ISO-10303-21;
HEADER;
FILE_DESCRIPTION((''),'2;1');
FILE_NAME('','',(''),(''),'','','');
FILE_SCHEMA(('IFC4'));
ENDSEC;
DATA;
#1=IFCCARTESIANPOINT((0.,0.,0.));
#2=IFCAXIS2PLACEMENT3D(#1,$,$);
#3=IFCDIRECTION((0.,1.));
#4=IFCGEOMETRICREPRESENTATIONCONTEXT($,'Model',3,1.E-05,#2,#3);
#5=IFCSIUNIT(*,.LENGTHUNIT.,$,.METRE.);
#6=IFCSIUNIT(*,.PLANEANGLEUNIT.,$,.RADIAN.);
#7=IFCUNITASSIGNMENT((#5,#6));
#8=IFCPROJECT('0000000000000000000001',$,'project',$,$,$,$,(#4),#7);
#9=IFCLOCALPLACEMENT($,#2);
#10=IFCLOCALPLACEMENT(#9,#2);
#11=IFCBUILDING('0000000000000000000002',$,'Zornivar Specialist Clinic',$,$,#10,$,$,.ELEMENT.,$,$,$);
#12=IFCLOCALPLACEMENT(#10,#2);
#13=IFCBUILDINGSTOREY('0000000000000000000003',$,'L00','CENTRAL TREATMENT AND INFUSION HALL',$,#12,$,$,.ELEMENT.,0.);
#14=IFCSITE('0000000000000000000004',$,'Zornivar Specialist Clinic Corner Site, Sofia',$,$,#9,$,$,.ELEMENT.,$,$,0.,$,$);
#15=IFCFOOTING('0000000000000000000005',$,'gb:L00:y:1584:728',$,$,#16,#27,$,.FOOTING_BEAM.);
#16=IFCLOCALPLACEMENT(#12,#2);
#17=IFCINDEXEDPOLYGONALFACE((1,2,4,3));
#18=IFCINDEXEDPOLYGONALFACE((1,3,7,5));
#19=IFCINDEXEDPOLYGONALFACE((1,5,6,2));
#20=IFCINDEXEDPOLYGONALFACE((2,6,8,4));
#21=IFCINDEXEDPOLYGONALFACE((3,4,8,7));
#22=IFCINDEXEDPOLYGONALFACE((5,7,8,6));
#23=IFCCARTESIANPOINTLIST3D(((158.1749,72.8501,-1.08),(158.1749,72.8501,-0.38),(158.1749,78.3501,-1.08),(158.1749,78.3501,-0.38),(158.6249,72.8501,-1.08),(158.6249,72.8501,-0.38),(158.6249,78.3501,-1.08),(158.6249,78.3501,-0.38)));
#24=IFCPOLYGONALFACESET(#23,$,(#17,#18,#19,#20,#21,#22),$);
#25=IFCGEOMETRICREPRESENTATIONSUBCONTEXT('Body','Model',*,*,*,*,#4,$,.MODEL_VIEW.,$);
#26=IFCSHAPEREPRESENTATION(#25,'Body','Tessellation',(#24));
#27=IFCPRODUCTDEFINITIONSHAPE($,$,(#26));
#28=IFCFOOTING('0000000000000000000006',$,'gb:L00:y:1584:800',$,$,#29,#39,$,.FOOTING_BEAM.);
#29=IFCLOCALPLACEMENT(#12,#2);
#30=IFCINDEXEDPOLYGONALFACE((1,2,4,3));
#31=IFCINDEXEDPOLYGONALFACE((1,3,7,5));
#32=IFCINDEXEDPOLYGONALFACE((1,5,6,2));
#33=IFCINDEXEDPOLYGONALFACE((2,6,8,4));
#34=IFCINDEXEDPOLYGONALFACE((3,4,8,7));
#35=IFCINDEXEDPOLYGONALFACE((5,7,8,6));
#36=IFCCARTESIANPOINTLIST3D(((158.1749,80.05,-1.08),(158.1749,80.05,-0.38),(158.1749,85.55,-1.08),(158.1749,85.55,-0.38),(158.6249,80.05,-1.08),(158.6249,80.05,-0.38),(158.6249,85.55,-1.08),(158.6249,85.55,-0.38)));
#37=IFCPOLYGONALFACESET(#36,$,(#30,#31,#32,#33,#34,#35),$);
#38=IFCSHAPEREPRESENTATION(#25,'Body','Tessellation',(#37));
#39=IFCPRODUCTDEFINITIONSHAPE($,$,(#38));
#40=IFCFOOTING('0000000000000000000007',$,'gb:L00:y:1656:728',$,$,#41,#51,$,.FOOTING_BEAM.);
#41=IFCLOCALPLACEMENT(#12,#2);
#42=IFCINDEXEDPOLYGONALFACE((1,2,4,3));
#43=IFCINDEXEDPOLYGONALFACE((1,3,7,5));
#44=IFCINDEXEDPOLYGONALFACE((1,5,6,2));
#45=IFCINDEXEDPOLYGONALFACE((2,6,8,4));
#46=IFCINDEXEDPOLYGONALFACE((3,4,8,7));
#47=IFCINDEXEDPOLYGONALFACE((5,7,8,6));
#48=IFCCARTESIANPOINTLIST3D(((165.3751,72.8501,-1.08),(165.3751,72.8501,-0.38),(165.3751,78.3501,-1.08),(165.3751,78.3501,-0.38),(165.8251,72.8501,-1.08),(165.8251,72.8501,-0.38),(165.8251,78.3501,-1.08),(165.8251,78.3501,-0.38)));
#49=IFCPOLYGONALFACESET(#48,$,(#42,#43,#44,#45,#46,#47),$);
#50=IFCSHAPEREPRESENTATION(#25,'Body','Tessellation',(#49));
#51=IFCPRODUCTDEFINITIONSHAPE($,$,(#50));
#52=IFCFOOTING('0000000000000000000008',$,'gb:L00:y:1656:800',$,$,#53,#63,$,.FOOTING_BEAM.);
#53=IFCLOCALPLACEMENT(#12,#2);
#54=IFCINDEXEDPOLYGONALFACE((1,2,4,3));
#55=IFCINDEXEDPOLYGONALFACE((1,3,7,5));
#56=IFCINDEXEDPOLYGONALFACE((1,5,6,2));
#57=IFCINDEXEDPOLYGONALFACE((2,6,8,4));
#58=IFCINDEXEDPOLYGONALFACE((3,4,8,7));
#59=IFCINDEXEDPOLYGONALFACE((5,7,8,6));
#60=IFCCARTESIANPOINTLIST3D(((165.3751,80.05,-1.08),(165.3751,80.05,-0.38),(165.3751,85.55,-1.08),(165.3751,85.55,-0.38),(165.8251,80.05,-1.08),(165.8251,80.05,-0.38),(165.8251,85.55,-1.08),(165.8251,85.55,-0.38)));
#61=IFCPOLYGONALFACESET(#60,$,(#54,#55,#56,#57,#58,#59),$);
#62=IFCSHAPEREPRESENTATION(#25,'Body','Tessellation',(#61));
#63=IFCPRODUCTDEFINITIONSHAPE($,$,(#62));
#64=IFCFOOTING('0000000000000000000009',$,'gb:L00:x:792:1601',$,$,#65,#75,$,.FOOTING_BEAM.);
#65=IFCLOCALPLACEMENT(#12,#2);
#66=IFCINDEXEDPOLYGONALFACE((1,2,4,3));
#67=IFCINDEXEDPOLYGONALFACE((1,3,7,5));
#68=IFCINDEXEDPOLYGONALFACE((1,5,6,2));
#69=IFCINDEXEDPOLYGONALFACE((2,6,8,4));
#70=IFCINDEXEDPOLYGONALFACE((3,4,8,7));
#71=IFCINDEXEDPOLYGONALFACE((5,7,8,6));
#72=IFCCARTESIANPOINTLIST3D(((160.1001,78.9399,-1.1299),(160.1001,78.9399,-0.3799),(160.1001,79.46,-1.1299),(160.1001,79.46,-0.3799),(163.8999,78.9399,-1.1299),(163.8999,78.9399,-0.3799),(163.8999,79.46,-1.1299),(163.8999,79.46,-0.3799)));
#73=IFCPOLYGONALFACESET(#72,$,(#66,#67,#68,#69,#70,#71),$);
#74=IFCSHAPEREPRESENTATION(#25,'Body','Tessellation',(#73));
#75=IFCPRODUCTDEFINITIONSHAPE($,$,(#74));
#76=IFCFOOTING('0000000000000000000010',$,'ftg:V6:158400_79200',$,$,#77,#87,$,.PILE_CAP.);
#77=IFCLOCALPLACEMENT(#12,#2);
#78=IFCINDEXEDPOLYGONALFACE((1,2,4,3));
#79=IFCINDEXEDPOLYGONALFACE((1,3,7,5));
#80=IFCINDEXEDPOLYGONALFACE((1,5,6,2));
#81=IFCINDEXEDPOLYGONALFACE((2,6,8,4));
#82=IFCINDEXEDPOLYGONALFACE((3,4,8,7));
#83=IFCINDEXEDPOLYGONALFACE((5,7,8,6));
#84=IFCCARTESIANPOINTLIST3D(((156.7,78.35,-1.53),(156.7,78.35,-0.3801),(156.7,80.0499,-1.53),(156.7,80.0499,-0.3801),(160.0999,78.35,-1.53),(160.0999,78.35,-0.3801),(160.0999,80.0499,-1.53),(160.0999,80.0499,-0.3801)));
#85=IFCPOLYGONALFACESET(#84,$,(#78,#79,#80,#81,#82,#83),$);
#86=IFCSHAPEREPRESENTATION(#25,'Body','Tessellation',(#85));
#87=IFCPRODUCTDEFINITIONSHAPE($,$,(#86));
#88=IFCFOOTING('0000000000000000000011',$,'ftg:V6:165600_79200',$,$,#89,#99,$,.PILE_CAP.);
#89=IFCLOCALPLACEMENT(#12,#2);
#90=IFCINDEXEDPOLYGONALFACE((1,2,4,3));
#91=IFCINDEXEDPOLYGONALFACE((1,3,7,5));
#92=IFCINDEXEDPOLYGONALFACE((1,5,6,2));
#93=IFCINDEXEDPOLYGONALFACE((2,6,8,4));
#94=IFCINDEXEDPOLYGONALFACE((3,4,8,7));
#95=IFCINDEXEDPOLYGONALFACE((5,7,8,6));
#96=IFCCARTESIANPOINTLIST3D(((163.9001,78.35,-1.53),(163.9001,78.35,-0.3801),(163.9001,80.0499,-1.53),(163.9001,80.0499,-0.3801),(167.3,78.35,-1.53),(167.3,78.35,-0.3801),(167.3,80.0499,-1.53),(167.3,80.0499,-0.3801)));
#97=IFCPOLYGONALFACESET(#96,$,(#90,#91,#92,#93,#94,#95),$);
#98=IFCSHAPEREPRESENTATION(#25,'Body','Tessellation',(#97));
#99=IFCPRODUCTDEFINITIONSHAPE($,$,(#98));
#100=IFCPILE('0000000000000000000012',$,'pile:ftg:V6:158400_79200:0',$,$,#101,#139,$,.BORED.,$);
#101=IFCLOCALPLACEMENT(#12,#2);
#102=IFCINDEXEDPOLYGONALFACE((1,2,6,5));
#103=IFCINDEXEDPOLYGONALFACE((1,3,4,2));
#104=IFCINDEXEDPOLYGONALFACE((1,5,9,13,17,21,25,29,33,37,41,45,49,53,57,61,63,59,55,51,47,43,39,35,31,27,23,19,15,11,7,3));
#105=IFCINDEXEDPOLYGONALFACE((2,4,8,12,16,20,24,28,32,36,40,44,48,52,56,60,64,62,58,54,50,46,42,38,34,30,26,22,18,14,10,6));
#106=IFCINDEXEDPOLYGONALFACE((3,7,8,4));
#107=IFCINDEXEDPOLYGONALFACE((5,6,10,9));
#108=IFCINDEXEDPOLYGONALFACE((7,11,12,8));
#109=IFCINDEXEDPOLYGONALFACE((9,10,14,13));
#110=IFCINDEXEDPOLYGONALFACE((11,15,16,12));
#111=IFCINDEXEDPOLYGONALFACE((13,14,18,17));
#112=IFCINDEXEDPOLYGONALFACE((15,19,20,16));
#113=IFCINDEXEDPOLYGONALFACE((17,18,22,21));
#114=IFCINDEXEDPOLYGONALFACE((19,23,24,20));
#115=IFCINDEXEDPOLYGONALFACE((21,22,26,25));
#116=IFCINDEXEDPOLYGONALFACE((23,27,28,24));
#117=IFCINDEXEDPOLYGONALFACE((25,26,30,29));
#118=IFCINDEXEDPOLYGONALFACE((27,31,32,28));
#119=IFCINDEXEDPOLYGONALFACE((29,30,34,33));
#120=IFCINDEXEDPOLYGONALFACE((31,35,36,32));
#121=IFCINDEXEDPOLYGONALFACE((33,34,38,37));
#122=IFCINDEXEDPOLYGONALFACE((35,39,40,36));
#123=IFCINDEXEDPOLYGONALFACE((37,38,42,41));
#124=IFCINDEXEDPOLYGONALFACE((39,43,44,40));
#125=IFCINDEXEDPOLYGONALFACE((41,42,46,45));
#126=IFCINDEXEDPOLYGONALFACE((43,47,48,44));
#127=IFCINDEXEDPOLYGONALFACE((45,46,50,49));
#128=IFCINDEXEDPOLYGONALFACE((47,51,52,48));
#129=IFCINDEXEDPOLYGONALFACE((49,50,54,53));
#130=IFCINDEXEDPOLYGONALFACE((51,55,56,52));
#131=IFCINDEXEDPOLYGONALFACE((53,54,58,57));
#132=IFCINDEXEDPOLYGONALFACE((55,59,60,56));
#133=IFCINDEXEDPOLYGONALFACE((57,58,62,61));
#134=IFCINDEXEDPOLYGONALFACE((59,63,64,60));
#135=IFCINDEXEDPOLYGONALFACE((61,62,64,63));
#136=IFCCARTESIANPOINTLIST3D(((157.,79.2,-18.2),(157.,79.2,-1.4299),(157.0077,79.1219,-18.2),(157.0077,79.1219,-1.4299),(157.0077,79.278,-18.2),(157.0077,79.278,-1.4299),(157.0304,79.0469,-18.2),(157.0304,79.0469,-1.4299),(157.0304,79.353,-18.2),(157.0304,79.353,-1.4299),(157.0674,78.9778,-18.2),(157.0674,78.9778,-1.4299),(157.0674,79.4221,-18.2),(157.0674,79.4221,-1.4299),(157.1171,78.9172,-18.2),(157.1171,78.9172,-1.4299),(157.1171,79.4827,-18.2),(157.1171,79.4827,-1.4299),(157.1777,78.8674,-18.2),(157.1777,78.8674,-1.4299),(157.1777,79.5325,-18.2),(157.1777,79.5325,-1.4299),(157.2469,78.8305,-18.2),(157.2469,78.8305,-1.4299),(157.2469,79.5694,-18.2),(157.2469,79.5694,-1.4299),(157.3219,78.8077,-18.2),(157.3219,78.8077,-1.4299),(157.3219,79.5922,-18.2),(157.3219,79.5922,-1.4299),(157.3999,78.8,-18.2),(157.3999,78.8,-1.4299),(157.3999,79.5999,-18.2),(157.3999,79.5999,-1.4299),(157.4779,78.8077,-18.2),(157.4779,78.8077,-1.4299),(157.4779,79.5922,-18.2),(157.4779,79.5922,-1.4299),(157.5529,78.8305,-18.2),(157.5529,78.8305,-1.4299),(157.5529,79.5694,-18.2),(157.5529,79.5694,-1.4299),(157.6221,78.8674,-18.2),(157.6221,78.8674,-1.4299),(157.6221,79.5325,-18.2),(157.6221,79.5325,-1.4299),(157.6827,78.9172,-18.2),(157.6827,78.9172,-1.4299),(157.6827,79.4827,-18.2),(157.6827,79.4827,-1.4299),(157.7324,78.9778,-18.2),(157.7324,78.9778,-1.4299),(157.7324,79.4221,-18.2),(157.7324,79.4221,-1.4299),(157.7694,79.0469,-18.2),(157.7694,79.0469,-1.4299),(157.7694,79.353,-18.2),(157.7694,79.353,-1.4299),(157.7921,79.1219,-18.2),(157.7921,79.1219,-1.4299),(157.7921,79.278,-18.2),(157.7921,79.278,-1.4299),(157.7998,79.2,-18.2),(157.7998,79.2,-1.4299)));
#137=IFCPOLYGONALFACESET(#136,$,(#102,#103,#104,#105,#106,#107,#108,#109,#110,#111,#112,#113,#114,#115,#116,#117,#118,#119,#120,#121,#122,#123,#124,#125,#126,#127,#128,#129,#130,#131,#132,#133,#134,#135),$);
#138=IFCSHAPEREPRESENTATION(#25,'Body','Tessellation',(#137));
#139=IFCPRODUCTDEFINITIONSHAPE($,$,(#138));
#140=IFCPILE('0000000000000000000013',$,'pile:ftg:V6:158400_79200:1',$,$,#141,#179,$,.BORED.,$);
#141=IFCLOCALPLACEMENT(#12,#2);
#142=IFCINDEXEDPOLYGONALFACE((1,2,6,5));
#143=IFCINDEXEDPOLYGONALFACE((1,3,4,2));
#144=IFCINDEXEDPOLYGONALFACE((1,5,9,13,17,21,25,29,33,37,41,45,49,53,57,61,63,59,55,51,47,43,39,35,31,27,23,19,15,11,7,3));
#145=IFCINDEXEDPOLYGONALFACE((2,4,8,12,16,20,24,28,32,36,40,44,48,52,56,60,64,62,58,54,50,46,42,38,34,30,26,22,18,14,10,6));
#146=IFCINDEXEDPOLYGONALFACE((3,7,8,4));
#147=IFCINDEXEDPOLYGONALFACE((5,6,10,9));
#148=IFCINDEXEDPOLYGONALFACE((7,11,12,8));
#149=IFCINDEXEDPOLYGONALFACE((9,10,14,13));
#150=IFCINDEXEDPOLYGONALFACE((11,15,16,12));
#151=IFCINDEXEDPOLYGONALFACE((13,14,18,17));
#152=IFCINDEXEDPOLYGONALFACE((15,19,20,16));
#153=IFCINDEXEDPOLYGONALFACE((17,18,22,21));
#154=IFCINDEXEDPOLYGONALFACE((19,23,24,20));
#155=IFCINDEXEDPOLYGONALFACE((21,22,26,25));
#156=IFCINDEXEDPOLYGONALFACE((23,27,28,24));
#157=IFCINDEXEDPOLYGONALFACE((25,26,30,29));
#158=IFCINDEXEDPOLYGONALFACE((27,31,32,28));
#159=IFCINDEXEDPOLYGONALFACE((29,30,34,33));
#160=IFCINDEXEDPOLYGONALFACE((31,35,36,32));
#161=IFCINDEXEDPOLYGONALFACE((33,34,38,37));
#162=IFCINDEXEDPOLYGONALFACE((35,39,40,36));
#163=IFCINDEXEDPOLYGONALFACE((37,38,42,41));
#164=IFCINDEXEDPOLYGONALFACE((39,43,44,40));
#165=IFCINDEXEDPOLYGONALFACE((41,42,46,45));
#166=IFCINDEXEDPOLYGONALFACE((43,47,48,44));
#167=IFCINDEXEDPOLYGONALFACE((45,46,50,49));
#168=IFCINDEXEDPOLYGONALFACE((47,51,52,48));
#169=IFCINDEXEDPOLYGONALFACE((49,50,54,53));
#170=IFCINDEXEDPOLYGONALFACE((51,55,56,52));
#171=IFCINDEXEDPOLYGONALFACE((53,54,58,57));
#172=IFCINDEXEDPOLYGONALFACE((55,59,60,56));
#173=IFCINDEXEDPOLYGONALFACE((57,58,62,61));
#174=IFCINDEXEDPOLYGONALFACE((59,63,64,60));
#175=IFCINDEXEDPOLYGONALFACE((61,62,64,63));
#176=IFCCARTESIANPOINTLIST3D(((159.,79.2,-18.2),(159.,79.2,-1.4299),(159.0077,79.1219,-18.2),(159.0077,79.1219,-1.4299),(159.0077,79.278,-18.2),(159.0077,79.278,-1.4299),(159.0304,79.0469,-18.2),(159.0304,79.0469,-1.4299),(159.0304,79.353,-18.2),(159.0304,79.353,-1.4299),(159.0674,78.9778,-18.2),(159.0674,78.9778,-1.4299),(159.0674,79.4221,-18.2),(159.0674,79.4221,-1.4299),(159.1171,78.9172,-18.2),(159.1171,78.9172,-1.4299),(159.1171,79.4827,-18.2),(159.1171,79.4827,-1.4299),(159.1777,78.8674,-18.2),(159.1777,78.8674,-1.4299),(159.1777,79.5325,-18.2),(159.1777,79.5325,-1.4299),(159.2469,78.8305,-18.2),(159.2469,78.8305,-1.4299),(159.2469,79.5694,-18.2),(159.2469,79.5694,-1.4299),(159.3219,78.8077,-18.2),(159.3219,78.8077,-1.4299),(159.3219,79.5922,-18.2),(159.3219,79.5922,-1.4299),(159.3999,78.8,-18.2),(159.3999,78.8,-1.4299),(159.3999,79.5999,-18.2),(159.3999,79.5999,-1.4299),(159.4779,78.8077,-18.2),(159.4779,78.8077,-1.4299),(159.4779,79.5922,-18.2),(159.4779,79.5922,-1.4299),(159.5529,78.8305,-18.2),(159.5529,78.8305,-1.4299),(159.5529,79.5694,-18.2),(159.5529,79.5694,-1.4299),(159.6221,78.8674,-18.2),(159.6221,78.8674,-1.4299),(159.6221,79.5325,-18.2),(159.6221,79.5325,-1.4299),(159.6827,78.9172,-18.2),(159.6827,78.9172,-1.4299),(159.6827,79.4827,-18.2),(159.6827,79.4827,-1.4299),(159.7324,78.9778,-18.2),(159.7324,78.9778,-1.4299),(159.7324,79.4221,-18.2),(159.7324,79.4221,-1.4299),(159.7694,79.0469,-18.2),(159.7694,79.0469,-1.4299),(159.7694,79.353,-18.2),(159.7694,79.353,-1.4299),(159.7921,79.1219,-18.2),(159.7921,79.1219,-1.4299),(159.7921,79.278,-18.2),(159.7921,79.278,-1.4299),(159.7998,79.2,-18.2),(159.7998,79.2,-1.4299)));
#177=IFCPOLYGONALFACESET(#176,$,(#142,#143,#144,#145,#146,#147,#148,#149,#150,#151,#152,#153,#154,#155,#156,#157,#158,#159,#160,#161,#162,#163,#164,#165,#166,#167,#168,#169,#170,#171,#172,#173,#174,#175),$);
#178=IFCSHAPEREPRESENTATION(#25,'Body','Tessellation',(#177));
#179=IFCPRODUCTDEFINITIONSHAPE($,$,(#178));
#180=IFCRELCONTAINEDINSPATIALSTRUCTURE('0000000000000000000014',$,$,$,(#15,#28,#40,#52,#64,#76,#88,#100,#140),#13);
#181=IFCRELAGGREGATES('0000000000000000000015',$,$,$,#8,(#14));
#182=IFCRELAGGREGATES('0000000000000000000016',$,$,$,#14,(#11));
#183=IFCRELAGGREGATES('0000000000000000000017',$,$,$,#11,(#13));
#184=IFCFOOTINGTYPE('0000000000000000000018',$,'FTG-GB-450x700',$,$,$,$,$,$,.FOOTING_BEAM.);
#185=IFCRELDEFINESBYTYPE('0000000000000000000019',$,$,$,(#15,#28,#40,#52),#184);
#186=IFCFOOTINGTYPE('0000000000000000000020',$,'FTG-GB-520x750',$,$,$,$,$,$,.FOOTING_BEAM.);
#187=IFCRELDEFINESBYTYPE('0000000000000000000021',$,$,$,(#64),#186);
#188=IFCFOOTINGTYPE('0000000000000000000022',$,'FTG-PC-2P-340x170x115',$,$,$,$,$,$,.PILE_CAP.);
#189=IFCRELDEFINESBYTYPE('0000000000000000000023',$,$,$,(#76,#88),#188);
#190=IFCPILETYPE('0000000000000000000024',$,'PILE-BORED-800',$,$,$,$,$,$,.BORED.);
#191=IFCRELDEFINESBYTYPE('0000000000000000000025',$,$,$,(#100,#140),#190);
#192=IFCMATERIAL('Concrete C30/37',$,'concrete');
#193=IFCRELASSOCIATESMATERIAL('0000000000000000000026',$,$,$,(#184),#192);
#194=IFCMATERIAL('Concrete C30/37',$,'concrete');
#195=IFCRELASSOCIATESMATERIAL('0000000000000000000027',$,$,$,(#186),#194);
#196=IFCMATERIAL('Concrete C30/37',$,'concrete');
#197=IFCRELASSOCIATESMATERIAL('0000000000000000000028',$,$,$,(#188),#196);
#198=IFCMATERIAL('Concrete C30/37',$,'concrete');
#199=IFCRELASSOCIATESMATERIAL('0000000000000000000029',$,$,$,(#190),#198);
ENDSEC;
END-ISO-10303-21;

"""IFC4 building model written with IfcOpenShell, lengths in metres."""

from ifc_helpers import new_model, si_unit, direction, frame, origin, origin_2d, place, context, subcontext, project, spatial, rectangle, circle, extrude, material, material_profile, profile_set, type_object, element, save


model = new_model("IFC4")

# Units and contexts
model_context = context("Model", 3, precision=1e-05, world=origin(), true_north=direction((0.0, 1.0)))
body_context = subcontext(model_context, "Body", "Model", "MODEL_VIEW")
ifc_project = project(units=[si_unit("LENGTHUNIT", "METRE"), si_unit("PLANEANGLEUNIT", "RADIAN")], contexts=[model_context])

# Site, building, storey
site_placement = place(None, origin())
site = spatial("IfcSite", under=ifc_project, at=site_placement, Name="Zornivar Specialist Clinic Corner Site, Sofia", CompositionType="ELEMENT", RefElevation=0.0)
building_placement = place(site_placement, origin())
building = spatial("IfcBuilding", under=site, at=building_placement, Name="Zornivar Specialist Clinic", CompositionType="ELEMENT")
storey_placement = place(building_placement, origin())
storey = spatial("IfcBuildingStorey", under=building, at=storey_placement, Name="L00", Description="CENTRAL TREATMENT AND INFUSION HALL", CompositionType="ELEMENT", Elevation=0.0)

# Footings
ifc_material_1 = material(Name="Concrete C30/37", Category="concrete")
ifc_material_profile_1 = material_profile(ifc_material_1, rectangle(XDim=0.45, YDim=0.7, at=origin_2d()), Name="RC 450x700")
ifc_profile_set_1 = profile_set([ifc_material_profile_1], Name="Concrete C30/37")
footing_type_1 = type_object("IfcFootingType", Name="FTG-GB-450x700", PredefinedType="FOOTING_BEAM", material=ifc_profile_set_1)
for number, where, z_axis, x_axis, name in (
    (1, (158.3999, 72.8501, -0.73), (0.0, 1.0, 0.0), (-1.0, 0.0, 0.0), "gb:L00:y:1584:728"),
    (2, (158.3999, 80.05, -0.73), (0.0, 1.0, 0.0), (-1.0, 0.0, 0.0), "gb:L00:y:1584:800"),
    (3, (165.6001, 72.8501, -0.73), (0.0, 1.0, 0.0), (-1.0, 0.0, 0.0), "gb:L00:y:1656:728"),
    (4, (165.6001, 80.05, -0.73), (0.0, 1.0, 0.0), (-1.0, 0.0, 0.0), "gb:L00:y:1656:800"),
):
    element("IfcFooting", number, at=place(storey_placement, frame(where, z_axis=z_axis, x_axis=x_axis)), inside=storey, type_object=footing_type_1, Name=name, PredefinedType="FOOTING_BEAM", context=body_context, shape_type="SweptSolid", body=[
        extrude(rectangle(XDim=0.45, YDim=0.7, at=origin_2d()), origin(), (0.0, 0.0, 1.0), 5.5),
    ])
ifc_material_2 = material(Name="Concrete C30/37", Category="concrete")
ifc_material_profile_2 = material_profile(ifc_material_2, rectangle(XDim=0.52, YDim=0.75, at=origin_2d()), Name="RC 520x750")
ifc_profile_set_2 = profile_set([ifc_material_profile_2], Name="Concrete C30/37")
footing_type_2 = type_object("IfcFootingType", Name="FTG-GB-520x750", PredefinedType="FOOTING_BEAM", material=ifc_profile_set_2)
footing_placement = place(storey_placement, frame((160.1001, 79.2, -0.7549), z_axis=(1.0, 0.0, 0.0), x_axis=(0.0, 1.0, 0.0)))
element("IfcFooting", 5, at=footing_placement, inside=storey, type_object=footing_type_2, Name="gb:L00:x:792:1601", PredefinedType="FOOTING_BEAM", context=body_context, shape_type="SweptSolid", body=[
    extrude(rectangle(XDim=0.52, YDim=0.75, at=origin_2d()), origin(), (0.0, 0.0, 1.0), 3.7998),
])
ifc_material_3 = material(Name="Concrete C30/37", Category="concrete")
footing_type_3 = type_object("IfcFootingType", Name="FTG-PC-2P-340x170x115", PredefinedType="PILE_CAP", material=ifc_material_3)
for number, where, z_axis, x_axis, name in (
    (6, (158.3999, 79.2, -1.53), (0.0, 0.0, 1.0), (1.0, 0.0, 0.0), "ftg:V6:158400_79200"),
    (7, (165.6001, 79.2, -1.53), (0.0, 0.0, 1.0), (1.0, 0.0, 0.0), "ftg:V6:165600_79200"),
):
    element("IfcFooting", number, at=place(storey_placement, frame(where, z_axis=z_axis, x_axis=x_axis)), inside=storey, type_object=footing_type_3, Name=name, PredefinedType="PILE_CAP", context=body_context, shape_type="SweptSolid", body=[
        extrude(rectangle(XDim=3.3999, YDim=1.7, at=origin_2d()), origin(), (0.0, 0.0, 1.0), 1.1499),
    ])

# Piles
ifc_material_4 = material(Name="Concrete C30/37", Category="concrete")
ifc_material_profile_3 = material_profile(ifc_material_4, circle(Radius=0.3999, at=origin_2d()), Name="PILE D800")
ifc_profile_set_3 = profile_set([ifc_material_profile_3], Name="Concrete C30/37")
pile_type = type_object("IfcPileType", Name="PILE-BORED-800", PredefinedType="BORED", material=ifc_profile_set_3)
for number, where, z_axis, x_axis, name in (
    (8, (157.3999, 79.2, -1.4299), (0.0, 0.0, -1.0), (1.0, 0.0, 0.0), "pile:ftg:V6:158400_79200:0"),
    (9, (159.3999, 79.2, -1.4299), (0.0, 0.0, -1.0), (1.0, 0.0, 0.0), "pile:ftg:V6:158400_79200:1"),
):
    element("IfcPile", number, at=place(storey_placement, frame(where, z_axis=z_axis, x_axis=x_axis)), inside=storey, type_object=pile_type, Name=name, PredefinedType="BORED", context=body_context, shape_type="SweptSolid", body=[
        extrude(circle(Radius=0.3999, at=origin_2d()), origin(), (0.0, 0.0, 1.0), 16.77),
    ])

save(model, "model.ifc")
